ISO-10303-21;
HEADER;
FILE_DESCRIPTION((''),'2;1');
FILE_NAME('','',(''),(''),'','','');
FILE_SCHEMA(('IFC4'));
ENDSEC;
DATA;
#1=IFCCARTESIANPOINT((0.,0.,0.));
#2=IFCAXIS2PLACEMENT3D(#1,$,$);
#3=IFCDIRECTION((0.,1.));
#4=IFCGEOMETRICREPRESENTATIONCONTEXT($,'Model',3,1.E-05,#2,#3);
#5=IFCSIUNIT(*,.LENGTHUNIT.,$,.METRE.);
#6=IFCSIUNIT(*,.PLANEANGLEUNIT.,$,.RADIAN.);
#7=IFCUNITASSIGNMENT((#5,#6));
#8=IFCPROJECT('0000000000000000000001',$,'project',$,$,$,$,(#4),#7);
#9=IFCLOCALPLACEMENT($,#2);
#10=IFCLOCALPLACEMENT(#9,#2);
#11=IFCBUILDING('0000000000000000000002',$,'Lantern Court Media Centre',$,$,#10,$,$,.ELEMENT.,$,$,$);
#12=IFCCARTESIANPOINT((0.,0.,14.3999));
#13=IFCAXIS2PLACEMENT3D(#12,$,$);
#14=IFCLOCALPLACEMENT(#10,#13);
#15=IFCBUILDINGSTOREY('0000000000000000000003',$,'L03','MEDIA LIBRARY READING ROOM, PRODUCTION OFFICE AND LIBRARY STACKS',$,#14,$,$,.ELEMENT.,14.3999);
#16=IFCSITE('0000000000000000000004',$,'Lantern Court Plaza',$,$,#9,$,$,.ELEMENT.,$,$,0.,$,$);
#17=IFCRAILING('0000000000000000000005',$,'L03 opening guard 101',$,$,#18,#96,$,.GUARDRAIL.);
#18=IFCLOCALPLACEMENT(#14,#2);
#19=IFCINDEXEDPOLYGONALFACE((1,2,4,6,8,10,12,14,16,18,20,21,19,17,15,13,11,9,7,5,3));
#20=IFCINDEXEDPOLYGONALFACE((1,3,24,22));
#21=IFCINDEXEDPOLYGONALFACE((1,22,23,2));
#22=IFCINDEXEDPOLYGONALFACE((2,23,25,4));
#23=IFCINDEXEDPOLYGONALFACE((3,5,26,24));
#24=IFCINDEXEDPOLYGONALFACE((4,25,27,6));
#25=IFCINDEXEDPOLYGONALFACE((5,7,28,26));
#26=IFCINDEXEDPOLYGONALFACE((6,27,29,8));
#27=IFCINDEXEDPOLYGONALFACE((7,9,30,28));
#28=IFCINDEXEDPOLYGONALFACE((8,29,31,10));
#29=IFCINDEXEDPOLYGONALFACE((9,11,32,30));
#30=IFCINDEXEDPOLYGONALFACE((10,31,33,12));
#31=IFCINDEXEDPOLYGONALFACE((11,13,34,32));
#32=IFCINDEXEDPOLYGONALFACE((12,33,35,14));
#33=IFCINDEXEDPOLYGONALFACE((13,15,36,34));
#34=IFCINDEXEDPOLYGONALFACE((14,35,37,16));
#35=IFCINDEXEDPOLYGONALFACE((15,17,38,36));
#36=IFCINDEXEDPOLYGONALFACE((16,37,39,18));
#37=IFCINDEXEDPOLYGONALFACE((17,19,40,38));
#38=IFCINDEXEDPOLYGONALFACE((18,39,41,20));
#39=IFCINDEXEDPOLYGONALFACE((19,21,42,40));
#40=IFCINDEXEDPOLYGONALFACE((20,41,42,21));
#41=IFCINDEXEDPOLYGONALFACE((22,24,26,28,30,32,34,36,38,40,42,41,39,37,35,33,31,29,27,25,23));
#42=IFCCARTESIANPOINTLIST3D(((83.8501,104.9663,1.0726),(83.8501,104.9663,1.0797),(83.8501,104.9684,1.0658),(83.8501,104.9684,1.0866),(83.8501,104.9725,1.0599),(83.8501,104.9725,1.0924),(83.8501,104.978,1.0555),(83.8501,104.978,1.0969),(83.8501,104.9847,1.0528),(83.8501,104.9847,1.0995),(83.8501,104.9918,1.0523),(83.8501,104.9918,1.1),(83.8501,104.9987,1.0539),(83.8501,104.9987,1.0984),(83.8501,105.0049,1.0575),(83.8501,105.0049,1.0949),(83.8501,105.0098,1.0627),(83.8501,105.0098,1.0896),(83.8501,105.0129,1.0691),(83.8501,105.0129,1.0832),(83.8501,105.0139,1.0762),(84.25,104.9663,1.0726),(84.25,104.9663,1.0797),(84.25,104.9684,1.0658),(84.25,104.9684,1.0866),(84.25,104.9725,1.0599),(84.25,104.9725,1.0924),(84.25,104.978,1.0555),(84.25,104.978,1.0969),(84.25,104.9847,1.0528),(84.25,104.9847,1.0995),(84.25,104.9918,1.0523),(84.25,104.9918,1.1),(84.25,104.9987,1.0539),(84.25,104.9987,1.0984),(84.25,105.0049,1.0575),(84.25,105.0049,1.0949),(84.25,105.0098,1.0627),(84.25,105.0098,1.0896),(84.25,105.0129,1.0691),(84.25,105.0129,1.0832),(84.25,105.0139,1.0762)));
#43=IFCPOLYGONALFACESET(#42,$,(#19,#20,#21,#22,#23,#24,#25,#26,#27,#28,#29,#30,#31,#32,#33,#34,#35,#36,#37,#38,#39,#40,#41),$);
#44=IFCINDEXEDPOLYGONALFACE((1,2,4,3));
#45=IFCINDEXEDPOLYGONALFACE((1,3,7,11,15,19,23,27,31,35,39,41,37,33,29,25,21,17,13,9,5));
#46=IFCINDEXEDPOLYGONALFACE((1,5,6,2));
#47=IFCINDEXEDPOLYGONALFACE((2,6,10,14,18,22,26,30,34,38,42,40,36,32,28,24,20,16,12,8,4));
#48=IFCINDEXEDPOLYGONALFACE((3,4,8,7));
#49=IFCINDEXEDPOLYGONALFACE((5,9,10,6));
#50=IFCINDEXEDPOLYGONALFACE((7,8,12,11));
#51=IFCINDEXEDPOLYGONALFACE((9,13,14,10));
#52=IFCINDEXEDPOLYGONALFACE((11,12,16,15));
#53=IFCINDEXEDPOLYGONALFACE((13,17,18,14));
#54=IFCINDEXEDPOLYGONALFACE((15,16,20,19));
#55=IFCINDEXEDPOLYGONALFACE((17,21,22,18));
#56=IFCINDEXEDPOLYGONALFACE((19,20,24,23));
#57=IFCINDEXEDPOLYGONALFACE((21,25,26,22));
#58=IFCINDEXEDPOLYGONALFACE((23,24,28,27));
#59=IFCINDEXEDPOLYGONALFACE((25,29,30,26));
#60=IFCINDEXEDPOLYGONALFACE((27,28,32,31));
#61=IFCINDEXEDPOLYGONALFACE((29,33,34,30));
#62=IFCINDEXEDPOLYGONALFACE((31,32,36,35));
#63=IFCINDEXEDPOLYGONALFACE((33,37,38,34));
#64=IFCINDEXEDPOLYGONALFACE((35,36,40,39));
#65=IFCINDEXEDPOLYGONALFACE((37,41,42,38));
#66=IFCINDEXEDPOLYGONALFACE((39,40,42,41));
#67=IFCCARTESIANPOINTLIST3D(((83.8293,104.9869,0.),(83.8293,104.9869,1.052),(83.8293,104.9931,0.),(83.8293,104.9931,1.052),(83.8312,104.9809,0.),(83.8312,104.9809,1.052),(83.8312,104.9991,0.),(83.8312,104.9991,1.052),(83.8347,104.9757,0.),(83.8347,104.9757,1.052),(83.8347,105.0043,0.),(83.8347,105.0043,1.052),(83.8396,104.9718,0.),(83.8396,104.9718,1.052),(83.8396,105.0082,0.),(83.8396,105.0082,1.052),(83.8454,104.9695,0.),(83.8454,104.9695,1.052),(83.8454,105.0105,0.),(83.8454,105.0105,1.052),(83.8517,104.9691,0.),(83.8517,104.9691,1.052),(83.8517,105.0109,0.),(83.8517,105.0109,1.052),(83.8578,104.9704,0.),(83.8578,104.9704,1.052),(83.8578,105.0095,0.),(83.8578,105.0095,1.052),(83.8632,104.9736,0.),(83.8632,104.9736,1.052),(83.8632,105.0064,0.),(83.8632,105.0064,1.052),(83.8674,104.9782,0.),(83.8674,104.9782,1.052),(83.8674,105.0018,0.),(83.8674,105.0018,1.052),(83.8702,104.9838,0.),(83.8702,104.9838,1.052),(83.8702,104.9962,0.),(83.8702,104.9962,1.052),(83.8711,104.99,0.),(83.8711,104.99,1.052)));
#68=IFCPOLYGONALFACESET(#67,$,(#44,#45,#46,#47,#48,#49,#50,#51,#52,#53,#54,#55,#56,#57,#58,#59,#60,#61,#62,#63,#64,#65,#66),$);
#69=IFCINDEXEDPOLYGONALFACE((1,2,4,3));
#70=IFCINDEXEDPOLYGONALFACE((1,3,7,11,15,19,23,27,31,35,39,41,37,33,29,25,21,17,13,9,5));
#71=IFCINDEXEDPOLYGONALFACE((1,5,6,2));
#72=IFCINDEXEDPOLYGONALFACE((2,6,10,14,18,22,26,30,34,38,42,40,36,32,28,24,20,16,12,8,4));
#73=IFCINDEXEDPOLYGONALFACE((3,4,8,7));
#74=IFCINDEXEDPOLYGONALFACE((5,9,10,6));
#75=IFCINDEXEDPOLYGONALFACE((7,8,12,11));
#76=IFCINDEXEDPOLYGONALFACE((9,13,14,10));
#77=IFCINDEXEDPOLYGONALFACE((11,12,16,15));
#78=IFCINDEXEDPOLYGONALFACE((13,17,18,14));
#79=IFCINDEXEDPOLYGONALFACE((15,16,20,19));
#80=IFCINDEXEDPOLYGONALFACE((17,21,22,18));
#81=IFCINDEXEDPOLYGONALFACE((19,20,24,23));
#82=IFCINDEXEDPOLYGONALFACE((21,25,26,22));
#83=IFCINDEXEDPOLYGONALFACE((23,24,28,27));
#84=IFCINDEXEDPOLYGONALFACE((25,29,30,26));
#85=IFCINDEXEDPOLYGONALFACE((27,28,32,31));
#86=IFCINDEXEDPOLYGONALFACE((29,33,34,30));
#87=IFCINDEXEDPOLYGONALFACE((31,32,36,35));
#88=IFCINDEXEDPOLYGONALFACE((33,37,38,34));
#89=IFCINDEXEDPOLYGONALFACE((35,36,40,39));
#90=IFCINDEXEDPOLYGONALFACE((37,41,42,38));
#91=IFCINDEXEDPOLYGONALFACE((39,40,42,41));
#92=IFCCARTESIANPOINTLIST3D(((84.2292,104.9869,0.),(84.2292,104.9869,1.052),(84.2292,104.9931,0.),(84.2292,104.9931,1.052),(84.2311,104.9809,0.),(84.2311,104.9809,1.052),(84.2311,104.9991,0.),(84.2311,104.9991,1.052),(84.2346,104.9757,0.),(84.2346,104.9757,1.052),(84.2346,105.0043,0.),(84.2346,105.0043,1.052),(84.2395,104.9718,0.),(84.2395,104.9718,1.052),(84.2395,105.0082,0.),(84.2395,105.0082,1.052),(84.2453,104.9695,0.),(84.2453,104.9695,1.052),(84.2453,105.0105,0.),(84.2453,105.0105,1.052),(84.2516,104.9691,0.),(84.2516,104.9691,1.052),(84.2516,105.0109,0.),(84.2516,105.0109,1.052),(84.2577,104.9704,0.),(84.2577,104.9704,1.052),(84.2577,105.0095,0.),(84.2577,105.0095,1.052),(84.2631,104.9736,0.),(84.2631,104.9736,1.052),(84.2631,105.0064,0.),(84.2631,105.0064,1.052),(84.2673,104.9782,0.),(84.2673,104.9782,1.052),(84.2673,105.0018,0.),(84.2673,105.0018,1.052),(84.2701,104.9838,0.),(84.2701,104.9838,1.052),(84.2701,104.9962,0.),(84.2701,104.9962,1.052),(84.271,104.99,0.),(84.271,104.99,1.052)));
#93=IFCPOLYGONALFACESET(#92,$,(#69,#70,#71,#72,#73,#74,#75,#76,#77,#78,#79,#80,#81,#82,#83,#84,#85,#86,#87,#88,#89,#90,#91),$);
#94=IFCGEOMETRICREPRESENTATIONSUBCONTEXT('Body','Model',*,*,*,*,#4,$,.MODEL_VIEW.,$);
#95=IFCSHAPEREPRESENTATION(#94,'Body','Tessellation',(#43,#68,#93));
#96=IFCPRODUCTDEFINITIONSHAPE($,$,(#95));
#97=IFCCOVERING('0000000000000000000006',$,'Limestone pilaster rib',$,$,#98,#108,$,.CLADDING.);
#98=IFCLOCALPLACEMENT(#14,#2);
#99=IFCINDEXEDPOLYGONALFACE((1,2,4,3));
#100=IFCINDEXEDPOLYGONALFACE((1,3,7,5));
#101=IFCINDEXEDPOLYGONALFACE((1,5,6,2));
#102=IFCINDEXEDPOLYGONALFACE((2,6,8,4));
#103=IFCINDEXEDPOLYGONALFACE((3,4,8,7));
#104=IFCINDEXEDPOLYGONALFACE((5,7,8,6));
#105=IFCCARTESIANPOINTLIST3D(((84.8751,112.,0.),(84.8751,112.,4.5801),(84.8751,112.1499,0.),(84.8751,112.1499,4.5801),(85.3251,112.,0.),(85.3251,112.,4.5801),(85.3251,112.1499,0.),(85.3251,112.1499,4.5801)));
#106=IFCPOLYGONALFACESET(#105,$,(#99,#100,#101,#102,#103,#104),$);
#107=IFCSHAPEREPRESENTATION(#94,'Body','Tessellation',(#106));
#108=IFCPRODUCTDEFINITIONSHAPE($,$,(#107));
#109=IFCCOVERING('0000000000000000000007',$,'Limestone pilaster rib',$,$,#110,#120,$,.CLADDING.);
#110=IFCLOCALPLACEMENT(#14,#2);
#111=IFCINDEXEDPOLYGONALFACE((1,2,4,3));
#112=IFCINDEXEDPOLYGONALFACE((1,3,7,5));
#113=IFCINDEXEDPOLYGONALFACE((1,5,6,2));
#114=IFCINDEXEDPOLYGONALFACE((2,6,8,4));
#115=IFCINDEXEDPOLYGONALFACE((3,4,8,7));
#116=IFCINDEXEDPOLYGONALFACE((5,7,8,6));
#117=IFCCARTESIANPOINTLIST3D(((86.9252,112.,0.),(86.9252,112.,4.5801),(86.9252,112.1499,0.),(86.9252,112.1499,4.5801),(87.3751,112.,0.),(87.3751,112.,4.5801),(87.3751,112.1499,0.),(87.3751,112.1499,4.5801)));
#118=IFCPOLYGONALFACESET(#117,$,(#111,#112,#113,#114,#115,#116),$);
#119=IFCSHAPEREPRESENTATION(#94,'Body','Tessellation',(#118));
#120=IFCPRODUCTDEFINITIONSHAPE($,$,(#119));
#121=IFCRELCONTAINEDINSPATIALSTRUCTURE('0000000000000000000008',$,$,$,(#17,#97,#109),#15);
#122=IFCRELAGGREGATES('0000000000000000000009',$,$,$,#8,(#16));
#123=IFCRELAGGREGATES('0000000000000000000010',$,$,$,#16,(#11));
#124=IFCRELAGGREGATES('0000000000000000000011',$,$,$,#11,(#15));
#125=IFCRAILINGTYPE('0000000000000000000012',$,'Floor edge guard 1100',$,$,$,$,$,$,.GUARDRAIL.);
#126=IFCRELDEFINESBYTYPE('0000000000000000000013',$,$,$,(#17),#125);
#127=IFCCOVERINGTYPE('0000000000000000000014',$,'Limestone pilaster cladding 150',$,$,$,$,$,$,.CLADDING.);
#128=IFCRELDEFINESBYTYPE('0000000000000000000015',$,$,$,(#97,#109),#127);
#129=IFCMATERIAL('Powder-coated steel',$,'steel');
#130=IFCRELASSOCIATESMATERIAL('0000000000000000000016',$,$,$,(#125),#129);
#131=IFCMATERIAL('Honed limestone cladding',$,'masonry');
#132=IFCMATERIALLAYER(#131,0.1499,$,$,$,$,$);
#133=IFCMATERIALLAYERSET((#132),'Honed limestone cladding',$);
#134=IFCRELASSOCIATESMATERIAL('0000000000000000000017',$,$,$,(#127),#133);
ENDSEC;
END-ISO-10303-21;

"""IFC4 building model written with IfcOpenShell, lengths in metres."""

from ifc_helpers import new_model, si_unit, direction, frame, frame_2d, origin, origin_2d, place, context, subcontext, project, spatial, rectangle, circle, extrude, material, layer, layer_set, type_object, element, save


model = new_model("IFC4")

# Units and contexts
model_context = context("Model", 3, precision=1e-05, world=origin(), true_north=direction((0.0, 1.0)))
body_context = subcontext(model_context, "Body", "Model", "MODEL_VIEW")
ifc_project = project(units=[si_unit("LENGTHUNIT", "METRE"), si_unit("PLANEANGLEUNIT", "RADIAN")], contexts=[model_context])

# Site, building, storey
site_placement = place(None, origin())
site = spatial("IfcSite", under=ifc_project, at=site_placement, Name="Lantern Court Plaza", CompositionType="ELEMENT", RefElevation=0.0)
building_placement = place(site_placement, origin())
building = spatial("IfcBuilding", under=site, at=building_placement, Name="Lantern Court Media Centre", CompositionType="ELEMENT")
storey_placement = place(building_placement, frame((0.0, 0.0, 14.3999)))
storey = spatial("IfcBuildingStorey", under=building, at=storey_placement, Name="L03", Description="MEDIA LIBRARY READING ROOM, PRODUCTION OFFICE AND LIBRARY STACKS", CompositionType="ELEMENT", Elevation=14.3999)

# Railing
ifc_material_1 = material(Name="Powder-coated steel", Category="steel")
railing_type_1 = type_object("IfcRailingType", Name="Floor edge guard 1100", PredefinedType="GUARDRAIL", material=ifc_material_1)
railing_1_placement = place(storey_placement, frame((83.8501, 104.99, 0.0)))
element("IfcRailing", 1, at=railing_1_placement, inside=storey, type_object=railing_type_1, Name="L03 opening guard 101", PredefinedType="GUARDRAIL", context=body_context, shape_type="SweptSolid", body=[
    extrude(circle(Radius=0.0239, at=origin_2d()), frame((0.0, 0.0, 1.0762), z_axis=(1.0, 0.0, 0.0), x_axis=(0.0, 1.0, 0.0)), (0.0, 0.0, 1.0), 0.3999),
    extrude(circle(Radius=0.021, at=origin_2d()), origin(), (0.0, 0.0, 1.0), 1.052),
    extrude(circle(Radius=0.021, at=origin_2d()), frame((0.3999, 0.0, 0.0)), (0.0, 0.0, 1.0), 1.052),
])

# Coverings
ifc_material_2 = material(Name="Honed limestone cladding", Category="masonry")
ifc_layer_1 = layer(ifc_material_2, 0.1499)
ifc_layer_set_1 = layer_set([ifc_layer_1], Name="Honed limestone cladding")
covering_type = type_object("IfcCoveringType", Name="Limestone pilaster cladding 150", PredefinedType="CLADDING", material=ifc_layer_set_1)
for number, where, z_axis, x_axis, name in (
    (2, (84.875, 112.075, 0.0), (0.0, 0.0, 1.0), (1.0, 0.0, 0.0), "Limestone pilaster rib"),
    (3, (86.925, 112.075, 0.0), (0.0, 0.0, 1.0), (1.0, 0.0, 0.0), "Limestone pilaster rib"),
):
    element("IfcCovering", number, at=place(storey_placement, frame(where, z_axis=z_axis, x_axis=x_axis)), inside=storey, type_object=covering_type, Name=name, PredefinedType="CLADDING", context=body_context, shape_type="SweptSolid", body=[
        extrude(rectangle(XDim=0.45, YDim=0.1499, at=frame_2d((0.2251, 0.0))), origin(), (0.0, 0.0, 1.0), 4.5801),
    ])

save(model, "model.ifc")
